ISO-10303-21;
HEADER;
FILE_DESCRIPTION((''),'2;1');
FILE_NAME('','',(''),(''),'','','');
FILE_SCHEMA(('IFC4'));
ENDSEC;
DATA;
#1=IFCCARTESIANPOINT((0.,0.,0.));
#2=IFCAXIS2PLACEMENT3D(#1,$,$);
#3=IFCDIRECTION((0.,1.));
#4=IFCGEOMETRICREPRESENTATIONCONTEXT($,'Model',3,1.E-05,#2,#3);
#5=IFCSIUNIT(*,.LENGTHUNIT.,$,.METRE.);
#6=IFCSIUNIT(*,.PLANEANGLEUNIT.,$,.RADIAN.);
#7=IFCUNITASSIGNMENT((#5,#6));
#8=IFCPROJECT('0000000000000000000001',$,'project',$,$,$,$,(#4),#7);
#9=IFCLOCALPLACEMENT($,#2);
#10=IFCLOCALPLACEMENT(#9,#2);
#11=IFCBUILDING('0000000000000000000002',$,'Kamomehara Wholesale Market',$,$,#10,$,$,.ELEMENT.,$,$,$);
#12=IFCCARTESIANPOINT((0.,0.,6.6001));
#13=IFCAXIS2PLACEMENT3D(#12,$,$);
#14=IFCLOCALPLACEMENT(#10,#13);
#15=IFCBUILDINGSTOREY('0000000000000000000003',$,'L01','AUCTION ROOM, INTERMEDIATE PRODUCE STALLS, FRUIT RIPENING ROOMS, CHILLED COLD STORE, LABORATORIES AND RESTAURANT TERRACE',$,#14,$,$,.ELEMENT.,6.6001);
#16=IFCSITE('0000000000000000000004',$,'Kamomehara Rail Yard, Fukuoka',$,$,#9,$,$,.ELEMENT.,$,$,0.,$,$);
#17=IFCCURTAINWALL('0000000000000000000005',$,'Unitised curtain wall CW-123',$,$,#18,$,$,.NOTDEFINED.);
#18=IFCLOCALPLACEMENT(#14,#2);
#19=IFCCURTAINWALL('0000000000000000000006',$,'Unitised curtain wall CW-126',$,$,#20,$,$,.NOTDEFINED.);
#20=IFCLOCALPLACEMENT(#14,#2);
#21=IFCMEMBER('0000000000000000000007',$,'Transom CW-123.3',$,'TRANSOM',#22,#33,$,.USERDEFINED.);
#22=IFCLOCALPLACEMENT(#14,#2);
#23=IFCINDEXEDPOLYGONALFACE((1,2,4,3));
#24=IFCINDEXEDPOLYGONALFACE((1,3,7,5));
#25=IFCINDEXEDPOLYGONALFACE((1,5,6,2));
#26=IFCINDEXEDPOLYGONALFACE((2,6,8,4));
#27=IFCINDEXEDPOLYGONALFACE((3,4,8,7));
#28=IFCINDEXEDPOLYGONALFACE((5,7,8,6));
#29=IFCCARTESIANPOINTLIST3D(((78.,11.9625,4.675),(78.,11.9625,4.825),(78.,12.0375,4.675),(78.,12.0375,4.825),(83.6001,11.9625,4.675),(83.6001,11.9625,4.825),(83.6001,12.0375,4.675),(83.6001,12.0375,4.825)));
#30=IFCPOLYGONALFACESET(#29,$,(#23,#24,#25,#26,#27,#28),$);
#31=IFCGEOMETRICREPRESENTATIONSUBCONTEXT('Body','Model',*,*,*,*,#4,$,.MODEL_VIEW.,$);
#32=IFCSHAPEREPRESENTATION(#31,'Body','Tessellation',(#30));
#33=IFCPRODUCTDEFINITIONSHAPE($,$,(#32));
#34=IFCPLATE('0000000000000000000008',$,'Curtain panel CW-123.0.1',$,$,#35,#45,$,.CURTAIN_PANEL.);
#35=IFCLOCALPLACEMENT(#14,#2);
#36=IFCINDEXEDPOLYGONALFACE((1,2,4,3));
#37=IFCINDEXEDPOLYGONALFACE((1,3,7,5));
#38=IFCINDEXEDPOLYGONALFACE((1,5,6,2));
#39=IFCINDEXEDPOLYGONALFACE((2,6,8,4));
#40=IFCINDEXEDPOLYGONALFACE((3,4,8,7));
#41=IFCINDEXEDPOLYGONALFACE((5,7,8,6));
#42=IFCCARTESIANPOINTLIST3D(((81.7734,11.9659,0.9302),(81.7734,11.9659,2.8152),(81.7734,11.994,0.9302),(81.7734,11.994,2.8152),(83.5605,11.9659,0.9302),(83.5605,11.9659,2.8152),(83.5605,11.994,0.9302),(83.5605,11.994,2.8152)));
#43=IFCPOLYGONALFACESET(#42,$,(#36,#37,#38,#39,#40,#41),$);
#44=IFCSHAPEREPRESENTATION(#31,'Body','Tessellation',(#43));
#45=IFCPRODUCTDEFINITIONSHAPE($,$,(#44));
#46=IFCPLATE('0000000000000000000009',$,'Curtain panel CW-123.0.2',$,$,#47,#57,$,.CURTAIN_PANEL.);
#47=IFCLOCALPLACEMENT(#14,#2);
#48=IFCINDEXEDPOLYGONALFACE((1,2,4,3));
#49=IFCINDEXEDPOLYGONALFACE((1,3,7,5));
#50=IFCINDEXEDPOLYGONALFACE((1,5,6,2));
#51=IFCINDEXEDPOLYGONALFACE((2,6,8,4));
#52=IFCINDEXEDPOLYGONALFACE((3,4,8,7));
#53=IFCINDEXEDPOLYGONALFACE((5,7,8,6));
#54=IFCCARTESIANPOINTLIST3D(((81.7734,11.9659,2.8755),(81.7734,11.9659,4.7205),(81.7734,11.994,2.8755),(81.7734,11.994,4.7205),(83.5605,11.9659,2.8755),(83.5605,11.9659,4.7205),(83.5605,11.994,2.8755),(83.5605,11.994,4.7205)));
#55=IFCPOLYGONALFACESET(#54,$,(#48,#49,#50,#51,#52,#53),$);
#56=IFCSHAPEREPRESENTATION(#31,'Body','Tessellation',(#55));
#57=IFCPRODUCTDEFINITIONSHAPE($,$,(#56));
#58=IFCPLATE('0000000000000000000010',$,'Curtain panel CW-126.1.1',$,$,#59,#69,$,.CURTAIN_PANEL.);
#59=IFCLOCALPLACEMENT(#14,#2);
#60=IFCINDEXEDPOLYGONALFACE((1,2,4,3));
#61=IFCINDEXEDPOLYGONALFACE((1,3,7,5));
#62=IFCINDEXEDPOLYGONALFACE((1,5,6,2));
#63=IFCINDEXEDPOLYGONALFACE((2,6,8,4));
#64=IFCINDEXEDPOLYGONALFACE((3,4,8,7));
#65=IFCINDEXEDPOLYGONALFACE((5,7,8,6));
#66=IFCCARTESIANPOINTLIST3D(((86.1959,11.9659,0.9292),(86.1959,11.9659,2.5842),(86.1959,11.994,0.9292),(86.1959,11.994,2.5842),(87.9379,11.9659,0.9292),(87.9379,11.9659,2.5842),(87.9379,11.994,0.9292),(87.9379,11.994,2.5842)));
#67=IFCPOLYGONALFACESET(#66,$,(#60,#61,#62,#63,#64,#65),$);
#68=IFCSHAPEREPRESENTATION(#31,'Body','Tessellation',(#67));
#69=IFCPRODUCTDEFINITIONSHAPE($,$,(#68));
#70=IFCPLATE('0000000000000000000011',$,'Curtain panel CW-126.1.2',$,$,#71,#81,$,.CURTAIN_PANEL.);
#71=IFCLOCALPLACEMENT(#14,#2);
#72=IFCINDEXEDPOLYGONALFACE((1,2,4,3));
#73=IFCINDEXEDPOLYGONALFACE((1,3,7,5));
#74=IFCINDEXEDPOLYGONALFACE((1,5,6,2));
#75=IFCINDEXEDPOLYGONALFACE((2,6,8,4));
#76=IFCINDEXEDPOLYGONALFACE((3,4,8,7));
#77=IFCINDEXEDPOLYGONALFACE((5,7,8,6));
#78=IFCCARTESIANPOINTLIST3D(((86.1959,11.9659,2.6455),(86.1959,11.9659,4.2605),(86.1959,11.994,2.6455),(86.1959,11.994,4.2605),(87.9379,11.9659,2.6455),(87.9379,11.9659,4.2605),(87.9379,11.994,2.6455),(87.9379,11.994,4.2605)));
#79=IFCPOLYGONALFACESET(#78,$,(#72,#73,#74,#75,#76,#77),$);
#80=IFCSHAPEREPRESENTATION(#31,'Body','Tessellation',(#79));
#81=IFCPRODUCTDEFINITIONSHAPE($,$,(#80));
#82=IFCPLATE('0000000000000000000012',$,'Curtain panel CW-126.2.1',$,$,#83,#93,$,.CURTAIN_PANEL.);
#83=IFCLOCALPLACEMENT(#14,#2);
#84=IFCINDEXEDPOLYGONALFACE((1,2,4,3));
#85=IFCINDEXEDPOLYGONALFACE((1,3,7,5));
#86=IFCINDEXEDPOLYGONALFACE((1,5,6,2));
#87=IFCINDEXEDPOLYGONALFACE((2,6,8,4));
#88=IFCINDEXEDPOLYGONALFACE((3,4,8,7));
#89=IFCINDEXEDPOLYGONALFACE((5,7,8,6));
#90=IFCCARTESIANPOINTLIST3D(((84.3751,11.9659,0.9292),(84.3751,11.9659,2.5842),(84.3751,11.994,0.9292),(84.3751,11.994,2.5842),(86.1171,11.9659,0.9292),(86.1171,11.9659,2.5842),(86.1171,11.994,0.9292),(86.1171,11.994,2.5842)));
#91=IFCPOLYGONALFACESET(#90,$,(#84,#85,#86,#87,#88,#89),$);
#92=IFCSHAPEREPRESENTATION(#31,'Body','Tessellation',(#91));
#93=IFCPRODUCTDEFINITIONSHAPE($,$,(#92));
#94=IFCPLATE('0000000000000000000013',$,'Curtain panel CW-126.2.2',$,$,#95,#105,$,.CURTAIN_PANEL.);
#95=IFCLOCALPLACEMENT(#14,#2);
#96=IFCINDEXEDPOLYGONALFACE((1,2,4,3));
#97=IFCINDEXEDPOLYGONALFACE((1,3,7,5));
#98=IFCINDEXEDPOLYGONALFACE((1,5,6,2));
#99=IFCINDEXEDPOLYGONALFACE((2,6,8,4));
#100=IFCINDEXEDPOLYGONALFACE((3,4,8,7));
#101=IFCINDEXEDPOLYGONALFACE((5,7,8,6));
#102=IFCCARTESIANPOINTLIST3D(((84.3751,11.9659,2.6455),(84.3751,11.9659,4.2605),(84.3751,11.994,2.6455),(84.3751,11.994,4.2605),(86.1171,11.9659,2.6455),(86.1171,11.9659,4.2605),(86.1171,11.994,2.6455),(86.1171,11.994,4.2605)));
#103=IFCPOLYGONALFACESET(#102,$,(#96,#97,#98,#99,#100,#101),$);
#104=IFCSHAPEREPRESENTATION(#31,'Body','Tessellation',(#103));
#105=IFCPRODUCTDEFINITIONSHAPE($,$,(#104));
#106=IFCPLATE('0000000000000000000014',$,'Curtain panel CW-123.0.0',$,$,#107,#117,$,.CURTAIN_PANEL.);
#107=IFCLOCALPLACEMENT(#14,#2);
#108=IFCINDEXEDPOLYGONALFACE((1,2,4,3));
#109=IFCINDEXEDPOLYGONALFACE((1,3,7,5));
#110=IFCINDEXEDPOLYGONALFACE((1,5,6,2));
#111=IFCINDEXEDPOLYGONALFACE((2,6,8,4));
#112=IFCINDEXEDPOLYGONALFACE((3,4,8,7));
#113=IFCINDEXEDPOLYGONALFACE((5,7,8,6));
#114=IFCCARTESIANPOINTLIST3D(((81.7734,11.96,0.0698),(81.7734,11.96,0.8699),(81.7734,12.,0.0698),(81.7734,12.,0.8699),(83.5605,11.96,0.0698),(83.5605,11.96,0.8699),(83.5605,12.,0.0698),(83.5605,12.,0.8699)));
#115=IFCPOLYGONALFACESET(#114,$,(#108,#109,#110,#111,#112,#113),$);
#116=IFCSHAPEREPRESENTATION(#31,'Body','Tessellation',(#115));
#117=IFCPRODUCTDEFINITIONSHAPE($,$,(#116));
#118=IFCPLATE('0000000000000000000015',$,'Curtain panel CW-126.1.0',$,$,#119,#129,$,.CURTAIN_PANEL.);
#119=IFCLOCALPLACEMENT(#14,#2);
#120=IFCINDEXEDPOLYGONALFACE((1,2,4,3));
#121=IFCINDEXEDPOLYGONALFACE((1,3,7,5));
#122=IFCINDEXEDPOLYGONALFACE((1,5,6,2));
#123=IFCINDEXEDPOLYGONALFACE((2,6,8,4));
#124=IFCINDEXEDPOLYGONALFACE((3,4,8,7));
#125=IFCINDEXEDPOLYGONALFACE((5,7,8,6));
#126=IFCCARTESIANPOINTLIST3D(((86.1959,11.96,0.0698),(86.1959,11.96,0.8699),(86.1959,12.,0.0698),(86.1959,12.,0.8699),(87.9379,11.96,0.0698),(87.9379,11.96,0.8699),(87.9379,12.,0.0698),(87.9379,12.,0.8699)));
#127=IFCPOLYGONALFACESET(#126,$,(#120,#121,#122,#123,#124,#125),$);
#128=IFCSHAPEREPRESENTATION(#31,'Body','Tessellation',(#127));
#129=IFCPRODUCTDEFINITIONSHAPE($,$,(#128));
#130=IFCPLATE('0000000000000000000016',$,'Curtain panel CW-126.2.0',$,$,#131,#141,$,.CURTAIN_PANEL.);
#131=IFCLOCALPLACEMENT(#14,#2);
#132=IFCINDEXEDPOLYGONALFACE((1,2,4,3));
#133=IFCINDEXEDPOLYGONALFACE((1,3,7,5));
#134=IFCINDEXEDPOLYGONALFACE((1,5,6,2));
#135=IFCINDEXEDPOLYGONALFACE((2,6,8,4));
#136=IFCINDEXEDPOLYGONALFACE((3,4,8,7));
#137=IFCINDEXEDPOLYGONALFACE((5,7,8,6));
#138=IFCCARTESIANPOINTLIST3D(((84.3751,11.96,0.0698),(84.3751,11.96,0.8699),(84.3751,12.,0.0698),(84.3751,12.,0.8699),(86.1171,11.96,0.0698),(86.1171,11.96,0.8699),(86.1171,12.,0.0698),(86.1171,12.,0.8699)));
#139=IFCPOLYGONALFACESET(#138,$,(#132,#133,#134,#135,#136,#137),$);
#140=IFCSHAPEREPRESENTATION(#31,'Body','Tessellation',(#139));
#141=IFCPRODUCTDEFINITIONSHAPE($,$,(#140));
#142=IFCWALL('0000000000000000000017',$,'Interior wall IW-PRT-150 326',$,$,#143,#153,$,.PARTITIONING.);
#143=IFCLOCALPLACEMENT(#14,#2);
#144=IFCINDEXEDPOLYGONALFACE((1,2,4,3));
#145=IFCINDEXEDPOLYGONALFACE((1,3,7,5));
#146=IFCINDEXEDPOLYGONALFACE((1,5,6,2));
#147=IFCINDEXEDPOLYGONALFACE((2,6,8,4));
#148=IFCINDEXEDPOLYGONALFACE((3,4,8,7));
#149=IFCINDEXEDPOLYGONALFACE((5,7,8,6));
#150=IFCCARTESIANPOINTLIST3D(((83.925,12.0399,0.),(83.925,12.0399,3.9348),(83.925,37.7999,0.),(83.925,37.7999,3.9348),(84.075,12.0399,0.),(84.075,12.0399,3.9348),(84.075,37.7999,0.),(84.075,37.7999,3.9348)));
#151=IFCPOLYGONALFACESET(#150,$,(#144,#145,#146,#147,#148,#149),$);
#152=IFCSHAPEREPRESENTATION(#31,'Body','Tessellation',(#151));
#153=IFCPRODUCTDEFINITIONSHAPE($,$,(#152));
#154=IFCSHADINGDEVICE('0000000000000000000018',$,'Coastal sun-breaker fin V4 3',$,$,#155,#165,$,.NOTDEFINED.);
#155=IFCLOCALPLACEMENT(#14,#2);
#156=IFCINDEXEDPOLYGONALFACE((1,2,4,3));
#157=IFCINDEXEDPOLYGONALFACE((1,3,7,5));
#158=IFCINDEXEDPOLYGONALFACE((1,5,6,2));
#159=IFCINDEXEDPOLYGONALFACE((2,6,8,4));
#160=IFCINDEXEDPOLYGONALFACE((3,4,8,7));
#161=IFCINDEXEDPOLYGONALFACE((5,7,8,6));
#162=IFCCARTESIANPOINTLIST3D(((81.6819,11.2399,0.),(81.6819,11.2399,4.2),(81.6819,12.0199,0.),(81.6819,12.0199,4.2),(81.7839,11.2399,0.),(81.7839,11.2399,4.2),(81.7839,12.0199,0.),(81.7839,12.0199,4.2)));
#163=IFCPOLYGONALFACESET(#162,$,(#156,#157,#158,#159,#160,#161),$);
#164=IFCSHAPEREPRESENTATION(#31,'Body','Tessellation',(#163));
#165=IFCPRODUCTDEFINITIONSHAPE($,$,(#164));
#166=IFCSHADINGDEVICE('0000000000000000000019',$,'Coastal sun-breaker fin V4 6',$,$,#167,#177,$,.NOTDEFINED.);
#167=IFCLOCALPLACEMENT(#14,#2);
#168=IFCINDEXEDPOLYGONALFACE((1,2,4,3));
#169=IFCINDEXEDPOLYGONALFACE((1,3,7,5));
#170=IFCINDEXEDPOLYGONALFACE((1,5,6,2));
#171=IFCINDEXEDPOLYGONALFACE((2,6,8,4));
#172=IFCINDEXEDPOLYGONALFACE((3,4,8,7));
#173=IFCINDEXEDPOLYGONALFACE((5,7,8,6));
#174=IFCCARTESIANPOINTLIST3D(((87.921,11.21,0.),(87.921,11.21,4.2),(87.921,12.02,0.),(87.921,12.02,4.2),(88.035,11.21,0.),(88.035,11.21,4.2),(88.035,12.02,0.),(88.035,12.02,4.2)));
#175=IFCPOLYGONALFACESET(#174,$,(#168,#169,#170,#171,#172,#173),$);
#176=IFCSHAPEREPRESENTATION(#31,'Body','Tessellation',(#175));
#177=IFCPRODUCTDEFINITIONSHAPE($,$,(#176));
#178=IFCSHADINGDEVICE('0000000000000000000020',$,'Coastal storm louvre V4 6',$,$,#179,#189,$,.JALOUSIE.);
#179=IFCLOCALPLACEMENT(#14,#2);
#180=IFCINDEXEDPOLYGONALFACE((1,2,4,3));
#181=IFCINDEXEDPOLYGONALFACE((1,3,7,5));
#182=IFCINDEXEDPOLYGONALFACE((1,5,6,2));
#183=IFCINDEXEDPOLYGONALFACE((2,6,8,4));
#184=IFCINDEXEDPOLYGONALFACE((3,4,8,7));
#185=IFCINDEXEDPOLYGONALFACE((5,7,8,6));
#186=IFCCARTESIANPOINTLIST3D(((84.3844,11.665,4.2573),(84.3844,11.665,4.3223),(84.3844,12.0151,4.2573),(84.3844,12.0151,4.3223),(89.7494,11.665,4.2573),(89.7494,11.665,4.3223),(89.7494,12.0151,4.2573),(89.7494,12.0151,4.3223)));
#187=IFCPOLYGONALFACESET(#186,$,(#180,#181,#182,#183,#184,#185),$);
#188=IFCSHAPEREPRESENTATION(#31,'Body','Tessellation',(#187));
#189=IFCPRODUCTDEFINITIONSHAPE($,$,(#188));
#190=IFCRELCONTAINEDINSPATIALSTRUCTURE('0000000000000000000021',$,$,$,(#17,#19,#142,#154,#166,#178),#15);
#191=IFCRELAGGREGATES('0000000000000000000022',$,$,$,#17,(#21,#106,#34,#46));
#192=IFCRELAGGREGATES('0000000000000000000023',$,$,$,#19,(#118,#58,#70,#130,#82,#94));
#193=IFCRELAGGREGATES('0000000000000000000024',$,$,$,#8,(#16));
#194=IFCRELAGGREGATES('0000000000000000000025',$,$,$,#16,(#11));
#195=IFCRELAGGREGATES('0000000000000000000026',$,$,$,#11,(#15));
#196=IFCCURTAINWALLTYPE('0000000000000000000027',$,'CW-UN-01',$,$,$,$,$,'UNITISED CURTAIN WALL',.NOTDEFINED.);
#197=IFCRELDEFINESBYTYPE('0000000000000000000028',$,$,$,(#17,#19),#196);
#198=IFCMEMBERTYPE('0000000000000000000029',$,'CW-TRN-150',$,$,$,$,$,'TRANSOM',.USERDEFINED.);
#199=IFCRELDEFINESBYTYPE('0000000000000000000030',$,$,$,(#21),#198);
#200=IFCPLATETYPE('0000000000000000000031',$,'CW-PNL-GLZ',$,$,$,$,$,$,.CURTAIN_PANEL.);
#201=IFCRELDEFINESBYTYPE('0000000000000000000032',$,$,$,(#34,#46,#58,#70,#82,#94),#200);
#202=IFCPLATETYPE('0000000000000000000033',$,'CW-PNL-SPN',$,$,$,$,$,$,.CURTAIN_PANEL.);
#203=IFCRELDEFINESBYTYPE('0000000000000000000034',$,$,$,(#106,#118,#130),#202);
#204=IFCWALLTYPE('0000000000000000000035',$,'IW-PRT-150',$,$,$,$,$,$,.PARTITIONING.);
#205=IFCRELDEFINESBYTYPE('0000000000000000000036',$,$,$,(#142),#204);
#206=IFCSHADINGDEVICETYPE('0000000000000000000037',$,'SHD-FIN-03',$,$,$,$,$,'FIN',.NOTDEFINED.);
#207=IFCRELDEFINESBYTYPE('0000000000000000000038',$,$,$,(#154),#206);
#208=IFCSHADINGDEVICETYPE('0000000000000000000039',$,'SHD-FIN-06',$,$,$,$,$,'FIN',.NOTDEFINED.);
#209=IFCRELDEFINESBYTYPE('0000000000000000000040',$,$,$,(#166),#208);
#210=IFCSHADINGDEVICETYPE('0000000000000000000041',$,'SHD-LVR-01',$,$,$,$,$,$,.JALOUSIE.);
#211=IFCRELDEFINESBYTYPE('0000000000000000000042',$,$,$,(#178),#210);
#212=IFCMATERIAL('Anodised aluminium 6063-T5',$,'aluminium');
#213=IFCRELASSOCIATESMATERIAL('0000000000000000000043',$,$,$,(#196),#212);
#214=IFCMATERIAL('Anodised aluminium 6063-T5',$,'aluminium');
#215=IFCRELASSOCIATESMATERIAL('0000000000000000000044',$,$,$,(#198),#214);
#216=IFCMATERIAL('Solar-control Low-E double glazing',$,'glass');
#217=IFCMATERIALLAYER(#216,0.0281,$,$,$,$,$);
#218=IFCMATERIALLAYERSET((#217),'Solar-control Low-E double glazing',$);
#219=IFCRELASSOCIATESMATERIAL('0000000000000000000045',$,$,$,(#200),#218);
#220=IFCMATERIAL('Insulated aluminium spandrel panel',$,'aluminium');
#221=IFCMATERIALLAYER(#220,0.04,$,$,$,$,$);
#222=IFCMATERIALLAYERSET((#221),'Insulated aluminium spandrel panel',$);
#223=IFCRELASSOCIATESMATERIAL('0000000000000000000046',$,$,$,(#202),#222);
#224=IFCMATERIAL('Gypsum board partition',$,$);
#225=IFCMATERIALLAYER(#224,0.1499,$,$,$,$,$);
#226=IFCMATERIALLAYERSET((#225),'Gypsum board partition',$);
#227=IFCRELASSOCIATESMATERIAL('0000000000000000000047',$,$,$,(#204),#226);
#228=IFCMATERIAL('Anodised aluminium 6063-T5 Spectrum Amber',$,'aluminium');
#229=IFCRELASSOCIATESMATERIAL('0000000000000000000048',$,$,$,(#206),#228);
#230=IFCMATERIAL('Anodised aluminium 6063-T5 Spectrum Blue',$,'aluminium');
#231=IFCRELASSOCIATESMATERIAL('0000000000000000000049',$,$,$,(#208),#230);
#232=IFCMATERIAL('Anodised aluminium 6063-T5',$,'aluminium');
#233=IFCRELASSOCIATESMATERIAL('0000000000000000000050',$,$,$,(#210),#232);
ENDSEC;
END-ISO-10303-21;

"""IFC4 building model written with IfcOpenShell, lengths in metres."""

from ifc_helpers import new_model, si_unit, direction, frame, frame_2d, origin, origin_2d, place, context, subcontext, project, spatial, rectangle, extrude, material, layer, layer_set, material_profile, profile_set, type_object, element, aggregate, save


model = new_model("IFC4")

# Units and contexts
model_context = context("Model", 3, precision=1e-05, world=origin(), true_north=direction((0.0, 1.0)))
body_context = subcontext(model_context, "Body", "Model", "MODEL_VIEW")
ifc_project = project(units=[si_unit("LENGTHUNIT", "METRE"), si_unit("PLANEANGLEUNIT", "RADIAN")], contexts=[model_context])

# Site, building, storey
site_placement = place(None, origin())
site = spatial("IfcSite", under=ifc_project, at=site_placement, Name="Kamomehara Rail Yard, Fukuoka", CompositionType="ELEMENT", RefElevation=0.0)
building_placement = place(site_placement, origin())
building = spatial("IfcBuilding", under=site, at=building_placement, Name="Kamomehara Wholesale Market", CompositionType="ELEMENT")
storey_placement = place(building_placement, frame((0.0, 0.0, 6.6001)))
storey = spatial("IfcBuildingStorey", under=building, at=storey_placement, Name="L01", Description="AUCTION ROOM, INTERMEDIATE PRODUCE STALLS, FRUIT RIPENING ROOMS, CHILLED COLD STORE, LABORATORIES AND RESTAURANT TERRACE", CompositionType="ELEMENT", Elevation=6.6001)

# Curtain walls
ifc_material_1 = material(Name="Anodised aluminium 6063-T5", Category="aluminium")
curtain_wall_type = type_object("IfcCurtainWallType", Name="CW-UN-01", ElementType="UNITISED CURTAIN WALL", PredefinedType="NOTDEFINED", material=ifc_material_1)
curtain_wall_1_placement = place(storey_placement, origin())
curtain_wall_1 = element("IfcCurtainWall", 1, at=curtain_wall_1_placement, inside=storey, type_object=curtain_wall_type, Name="Unitised curtain wall CW-123", PredefinedType="NOTDEFINED")
curtain_wall_2_placement = place(storey_placement, origin())
curtain_wall_2 = element("IfcCurtainWall", 2, at=curtain_wall_2_placement, inside=storey, type_object=curtain_wall_type, Name="Unitised curtain wall CW-126", PredefinedType="NOTDEFINED")

# Member
ifc_material_2 = material(Name="Anodised aluminium 6063-T5", Category="aluminium")
ifc_material_profile_1 = material_profile(ifc_material_2, rectangle(XDim=0.075, YDim=0.1499, at=origin_2d()), Name="ALU-TRN-75x150")
ifc_profile_set_1 = profile_set([ifc_material_profile_1], Name="Anodised aluminium 6063-T5")
member_type_1 = type_object("IfcMemberType", Name="CW-TRN-150", ElementType="TRANSOM", PredefinedType="USERDEFINED", material=ifc_profile_set_1)
member_1_placement = place(storey_placement, frame((83.6001, 12.0, 4.75), z_axis=(-1.0, 0.0, 0.0), x_axis=(0.0, -1.0, 0.0)))
member_1 = element("IfcMember", 3, at=member_1_placement, type_object=member_type_1, Name="Transom CW-123.3", ObjectType="TRANSOM", PredefinedType="USERDEFINED", context=body_context, shape_type="SweptSolid", body=[
    extrude(rectangle(XDim=0.075, YDim=0.1499, at=origin_2d()), origin(), (0.0, 0.0, 1.0), 5.6001),
])

# Plates
ifc_material_3 = material(Name="Solar-control Low-E double glazing", Category="glass")
ifc_layer_1 = layer(ifc_material_3, 0.0281)
ifc_layer_set_1 = layer_set([ifc_layer_1], Name="Solar-control Low-E double glazing")
plate_type_1 = type_object("IfcPlateType", Name="CW-PNL-GLZ", PredefinedType="CURTAIN_PANEL", material=ifc_layer_set_1)
plate_1_placement = place(storey_placement, frame((82.667, 11.98, 0.9302), z_axis=(0.0, 0.0, 1.0), x_axis=(-1.0, 0.0, 0.0)))
plate_1 = element("IfcPlate", 4, at=plate_1_placement, type_object=plate_type_1, Name="Curtain panel CW-123.0.1", PredefinedType="CURTAIN_PANEL", context=body_context, shape_type="SweptSolid", body=[
    extrude(rectangle(XDim=1.7871, YDim=0.0281, at=origin_2d()), origin(), (0.0, 0.0, 1.0), 1.885),
])
plate_2_placement = place(storey_placement, frame((82.667, 11.98, 2.8755), z_axis=(0.0, 0.0, 1.0), x_axis=(-1.0, 0.0, 0.0)))
plate_2 = element("IfcPlate", 5, at=plate_2_placement, type_object=plate_type_1, Name="Curtain panel CW-123.0.2", PredefinedType="CURTAIN_PANEL", context=body_context, shape_type="SweptSolid", body=[
    extrude(rectangle(XDim=1.7871, YDim=0.0281, at=origin_2d()), origin(), (0.0, 0.0, 1.0), 1.845),
])
plate_3_placement = place(storey_placement, frame((87.0669, 11.98, 0.9292), z_axis=(0.0, 0.0, 1.0), x_axis=(-1.0, 0.0, 0.0)))
plate_3 = element("IfcPlate", 6, at=plate_3_placement, type_object=plate_type_1, Name="Curtain panel CW-126.1.1", PredefinedType="CURTAIN_PANEL", context=body_context, shape_type="SweptSolid", body=[
    extrude(rectangle(XDim=1.7419, YDim=0.0281, at=origin_2d()), origin(), (0.0, 0.0, 1.0), 1.655),
])
plate_4_placement = place(storey_placement, frame((87.0669, 11.98, 2.6455), z_axis=(0.0, 0.0, 1.0), x_axis=(-1.0, 0.0, 0.0)))
plate_4 = element("IfcPlate", 7, at=plate_4_placement, type_object=plate_type_1, Name="Curtain panel CW-126.1.2", PredefinedType="CURTAIN_PANEL", context=body_context, shape_type="SweptSolid", body=[
    extrude(rectangle(XDim=1.7419, YDim=0.0281, at=origin_2d()), origin(), (0.0, 0.0, 1.0), 1.615),
])
plate_5_placement = place(storey_placement, frame((85.2461, 11.98, 0.9292), z_axis=(0.0, 0.0, 1.0), x_axis=(-1.0, 0.0, 0.0)))
plate_5 = element("IfcPlate", 8, at=plate_5_placement, type_object=plate_type_1, Name="Curtain panel CW-126.2.1", PredefinedType="CURTAIN_PANEL", context=body_context, shape_type="SweptSolid", body=[
    extrude(rectangle(XDim=1.7419, YDim=0.0281, at=origin_2d()), origin(), (0.0, 0.0, 1.0), 1.655),
])
plate_6_placement = place(storey_placement, frame((85.2461, 11.98, 2.6455), z_axis=(0.0, 0.0, 1.0), x_axis=(-1.0, 0.0, 0.0)))
plate_6 = element("IfcPlate", 9, at=plate_6_placement, type_object=plate_type_1, Name="Curtain panel CW-126.2.2", PredefinedType="CURTAIN_PANEL", context=body_context, shape_type="SweptSolid", body=[
    extrude(rectangle(XDim=1.7419, YDim=0.0281, at=origin_2d()), origin(), (0.0, 0.0, 1.0), 1.615),
])
ifc_material_4 = material(Name="Insulated aluminium spandrel panel", Category="aluminium")
ifc_layer_2 = layer(ifc_material_4, 0.04)
ifc_layer_set_2 = layer_set([ifc_layer_2], Name="Insulated aluminium spandrel panel")
plate_type_2 = type_object("IfcPlateType", Name="CW-PNL-SPN", PredefinedType="CURTAIN_PANEL", material=ifc_layer_set_2)
plate_7_placement = place(storey_placement, frame((82.667, 11.98, 0.0698), z_axis=(0.0, 0.0, 1.0), x_axis=(-1.0, 0.0, 0.0)))
plate_7 = element("IfcPlate", 10, at=plate_7_placement, type_object=plate_type_2, Name="Curtain panel CW-123.0.0", PredefinedType="CURTAIN_PANEL", context=body_context, shape_type="SweptSolid", body=[
    extrude(rectangle(XDim=1.7871, YDim=0.04, at=origin_2d()), origin(), (0.0, 0.0, 1.0), 0.8),
])
aggregate(curtain_wall_1, [member_1, plate_7, plate_1, plate_2])
plate_8_placement = place(storey_placement, frame((87.0669, 11.98, 0.0698), z_axis=(0.0, 0.0, 1.0), x_axis=(-1.0, 0.0, 0.0)))
plate_8 = element("IfcPlate", 11, at=plate_8_placement, type_object=plate_type_2, Name="Curtain panel CW-126.1.0", PredefinedType="CURTAIN_PANEL", context=body_context, shape_type="SweptSolid", body=[
    extrude(rectangle(XDim=1.7419, YDim=0.04, at=origin_2d()), origin(), (0.0, 0.0, 1.0), 0.8),
])
plate_9_placement = place(storey_placement, frame((85.2461, 11.98, 0.0698), z_axis=(0.0, 0.0, 1.0), x_axis=(-1.0, 0.0, 0.0)))
plate_9 = element("IfcPlate", 12, at=plate_9_placement, type_object=plate_type_2, Name="Curtain panel CW-126.2.0", PredefinedType="CURTAIN_PANEL", context=body_context, shape_type="SweptSolid", body=[
    extrude(rectangle(XDim=1.7419, YDim=0.04, at=origin_2d()), origin(), (0.0, 0.0, 1.0), 0.8),
])
aggregate(curtain_wall_2, [plate_8, plate_3, plate_4, plate_9, plate_5, plate_6])

# Wall
ifc_material_5 = material(Name="Gypsum board partition")
ifc_layer_3 = layer(ifc_material_5, 0.1499)
ifc_layer_set_3 = layer_set([ifc_layer_3], Name="Gypsum board partition")
wall_type = type_object("IfcWallType", Name="IW-PRT-150", PredefinedType="PARTITIONING", material=ifc_layer_set_3)
wall_placement = place(storey_placement, frame((84.0, 12.04, 0.0), z_axis=(0.0, 0.0, 1.0), x_axis=(0.0, 1.0, 0.0)))
element("IfcWall", 13, at=wall_placement, inside=storey, type_object=wall_type, Name="Interior wall IW-PRT-150 326", PredefinedType="PARTITIONING", context=body_context, shape_type="SweptSolid", body=[
    extrude(rectangle(XDim=25.76, YDim=0.1499, at=frame_2d((12.8799, 0.0))), origin(), (0.0, 0.0, 1.0), 3.9348),
])

# Shading devices
ifc_material_6 = material(Name="Anodised aluminium 6063-T5 Spectrum Amber", Category="aluminium")
shading_device_type_1 = type_object("IfcShadingDeviceType", Name="SHD-FIN-03", ElementType="FIN", PredefinedType="NOTDEFINED", material=ifc_material_6)
shading_device_1_placement = place(storey_placement, frame((81.7329, 11.6299, 0.0), z_axis=(0.0, 0.0, 1.0), x_axis=(1.0, 0.0, 0.0)))
element("IfcShadingDevice", 14, at=shading_device_1_placement, inside=storey, type_object=shading_device_type_1, Name="Coastal sun-breaker fin V4 3", PredefinedType="NOTDEFINED", context=body_context, shape_type="SweptSolid", body=[
    extrude(rectangle(XDim=0.1021, YDim=0.78, at=origin_2d()), origin(), (0.0, 0.0, 1.0), 4.2),
])
ifc_material_7 = material(Name="Anodised aluminium 6063-T5 Spectrum Blue", Category="aluminium")
shading_device_type_2 = type_object("IfcShadingDeviceType", Name="SHD-FIN-06", ElementType="FIN", PredefinedType="NOTDEFINED", material=ifc_material_7)
shading_device_2_placement = place(storey_placement, frame((87.978, 11.615, 0.0), z_axis=(0.0, 0.0, 1.0), x_axis=(1.0, 0.0, 0.0)))
element("IfcShadingDevice", 15, at=shading_device_2_placement, inside=storey, type_object=shading_device_type_2, Name="Coastal sun-breaker fin V4 6", PredefinedType="NOTDEFINED", context=body_context, shape_type="SweptSolid", body=[
    extrude(rectangle(XDim=0.114, YDim=0.8101, at=origin_2d()), origin(), (0.0, 0.0, 1.0), 4.2),
])
ifc_material_8 = material(Name="Anodised aluminium 6063-T5", Category="aluminium")
shading_device_type_3 = type_object("IfcShadingDeviceType", Name="SHD-LVR-01", PredefinedType="JALOUSIE", material=ifc_material_8)
shading_device_3_placement = place(storey_placement, frame((87.0669, 11.8401, 4.2573), z_axis=(0.0, 0.0, 1.0), x_axis=(1.0, 0.0, 0.0)))
element("IfcShadingDevice", 16, at=shading_device_3_placement, inside=storey, type_object=shading_device_type_3, Name="Coastal storm louvre V4 6", PredefinedType="JALOUSIE", context=body_context, shape_type="SweptSolid", body=[
    extrude(rectangle(XDim=5.365, YDim=0.3501, at=origin_2d()), origin(), (0.0, 0.0, 1.0), 0.0649),
])

save(model, "model.ifc")
